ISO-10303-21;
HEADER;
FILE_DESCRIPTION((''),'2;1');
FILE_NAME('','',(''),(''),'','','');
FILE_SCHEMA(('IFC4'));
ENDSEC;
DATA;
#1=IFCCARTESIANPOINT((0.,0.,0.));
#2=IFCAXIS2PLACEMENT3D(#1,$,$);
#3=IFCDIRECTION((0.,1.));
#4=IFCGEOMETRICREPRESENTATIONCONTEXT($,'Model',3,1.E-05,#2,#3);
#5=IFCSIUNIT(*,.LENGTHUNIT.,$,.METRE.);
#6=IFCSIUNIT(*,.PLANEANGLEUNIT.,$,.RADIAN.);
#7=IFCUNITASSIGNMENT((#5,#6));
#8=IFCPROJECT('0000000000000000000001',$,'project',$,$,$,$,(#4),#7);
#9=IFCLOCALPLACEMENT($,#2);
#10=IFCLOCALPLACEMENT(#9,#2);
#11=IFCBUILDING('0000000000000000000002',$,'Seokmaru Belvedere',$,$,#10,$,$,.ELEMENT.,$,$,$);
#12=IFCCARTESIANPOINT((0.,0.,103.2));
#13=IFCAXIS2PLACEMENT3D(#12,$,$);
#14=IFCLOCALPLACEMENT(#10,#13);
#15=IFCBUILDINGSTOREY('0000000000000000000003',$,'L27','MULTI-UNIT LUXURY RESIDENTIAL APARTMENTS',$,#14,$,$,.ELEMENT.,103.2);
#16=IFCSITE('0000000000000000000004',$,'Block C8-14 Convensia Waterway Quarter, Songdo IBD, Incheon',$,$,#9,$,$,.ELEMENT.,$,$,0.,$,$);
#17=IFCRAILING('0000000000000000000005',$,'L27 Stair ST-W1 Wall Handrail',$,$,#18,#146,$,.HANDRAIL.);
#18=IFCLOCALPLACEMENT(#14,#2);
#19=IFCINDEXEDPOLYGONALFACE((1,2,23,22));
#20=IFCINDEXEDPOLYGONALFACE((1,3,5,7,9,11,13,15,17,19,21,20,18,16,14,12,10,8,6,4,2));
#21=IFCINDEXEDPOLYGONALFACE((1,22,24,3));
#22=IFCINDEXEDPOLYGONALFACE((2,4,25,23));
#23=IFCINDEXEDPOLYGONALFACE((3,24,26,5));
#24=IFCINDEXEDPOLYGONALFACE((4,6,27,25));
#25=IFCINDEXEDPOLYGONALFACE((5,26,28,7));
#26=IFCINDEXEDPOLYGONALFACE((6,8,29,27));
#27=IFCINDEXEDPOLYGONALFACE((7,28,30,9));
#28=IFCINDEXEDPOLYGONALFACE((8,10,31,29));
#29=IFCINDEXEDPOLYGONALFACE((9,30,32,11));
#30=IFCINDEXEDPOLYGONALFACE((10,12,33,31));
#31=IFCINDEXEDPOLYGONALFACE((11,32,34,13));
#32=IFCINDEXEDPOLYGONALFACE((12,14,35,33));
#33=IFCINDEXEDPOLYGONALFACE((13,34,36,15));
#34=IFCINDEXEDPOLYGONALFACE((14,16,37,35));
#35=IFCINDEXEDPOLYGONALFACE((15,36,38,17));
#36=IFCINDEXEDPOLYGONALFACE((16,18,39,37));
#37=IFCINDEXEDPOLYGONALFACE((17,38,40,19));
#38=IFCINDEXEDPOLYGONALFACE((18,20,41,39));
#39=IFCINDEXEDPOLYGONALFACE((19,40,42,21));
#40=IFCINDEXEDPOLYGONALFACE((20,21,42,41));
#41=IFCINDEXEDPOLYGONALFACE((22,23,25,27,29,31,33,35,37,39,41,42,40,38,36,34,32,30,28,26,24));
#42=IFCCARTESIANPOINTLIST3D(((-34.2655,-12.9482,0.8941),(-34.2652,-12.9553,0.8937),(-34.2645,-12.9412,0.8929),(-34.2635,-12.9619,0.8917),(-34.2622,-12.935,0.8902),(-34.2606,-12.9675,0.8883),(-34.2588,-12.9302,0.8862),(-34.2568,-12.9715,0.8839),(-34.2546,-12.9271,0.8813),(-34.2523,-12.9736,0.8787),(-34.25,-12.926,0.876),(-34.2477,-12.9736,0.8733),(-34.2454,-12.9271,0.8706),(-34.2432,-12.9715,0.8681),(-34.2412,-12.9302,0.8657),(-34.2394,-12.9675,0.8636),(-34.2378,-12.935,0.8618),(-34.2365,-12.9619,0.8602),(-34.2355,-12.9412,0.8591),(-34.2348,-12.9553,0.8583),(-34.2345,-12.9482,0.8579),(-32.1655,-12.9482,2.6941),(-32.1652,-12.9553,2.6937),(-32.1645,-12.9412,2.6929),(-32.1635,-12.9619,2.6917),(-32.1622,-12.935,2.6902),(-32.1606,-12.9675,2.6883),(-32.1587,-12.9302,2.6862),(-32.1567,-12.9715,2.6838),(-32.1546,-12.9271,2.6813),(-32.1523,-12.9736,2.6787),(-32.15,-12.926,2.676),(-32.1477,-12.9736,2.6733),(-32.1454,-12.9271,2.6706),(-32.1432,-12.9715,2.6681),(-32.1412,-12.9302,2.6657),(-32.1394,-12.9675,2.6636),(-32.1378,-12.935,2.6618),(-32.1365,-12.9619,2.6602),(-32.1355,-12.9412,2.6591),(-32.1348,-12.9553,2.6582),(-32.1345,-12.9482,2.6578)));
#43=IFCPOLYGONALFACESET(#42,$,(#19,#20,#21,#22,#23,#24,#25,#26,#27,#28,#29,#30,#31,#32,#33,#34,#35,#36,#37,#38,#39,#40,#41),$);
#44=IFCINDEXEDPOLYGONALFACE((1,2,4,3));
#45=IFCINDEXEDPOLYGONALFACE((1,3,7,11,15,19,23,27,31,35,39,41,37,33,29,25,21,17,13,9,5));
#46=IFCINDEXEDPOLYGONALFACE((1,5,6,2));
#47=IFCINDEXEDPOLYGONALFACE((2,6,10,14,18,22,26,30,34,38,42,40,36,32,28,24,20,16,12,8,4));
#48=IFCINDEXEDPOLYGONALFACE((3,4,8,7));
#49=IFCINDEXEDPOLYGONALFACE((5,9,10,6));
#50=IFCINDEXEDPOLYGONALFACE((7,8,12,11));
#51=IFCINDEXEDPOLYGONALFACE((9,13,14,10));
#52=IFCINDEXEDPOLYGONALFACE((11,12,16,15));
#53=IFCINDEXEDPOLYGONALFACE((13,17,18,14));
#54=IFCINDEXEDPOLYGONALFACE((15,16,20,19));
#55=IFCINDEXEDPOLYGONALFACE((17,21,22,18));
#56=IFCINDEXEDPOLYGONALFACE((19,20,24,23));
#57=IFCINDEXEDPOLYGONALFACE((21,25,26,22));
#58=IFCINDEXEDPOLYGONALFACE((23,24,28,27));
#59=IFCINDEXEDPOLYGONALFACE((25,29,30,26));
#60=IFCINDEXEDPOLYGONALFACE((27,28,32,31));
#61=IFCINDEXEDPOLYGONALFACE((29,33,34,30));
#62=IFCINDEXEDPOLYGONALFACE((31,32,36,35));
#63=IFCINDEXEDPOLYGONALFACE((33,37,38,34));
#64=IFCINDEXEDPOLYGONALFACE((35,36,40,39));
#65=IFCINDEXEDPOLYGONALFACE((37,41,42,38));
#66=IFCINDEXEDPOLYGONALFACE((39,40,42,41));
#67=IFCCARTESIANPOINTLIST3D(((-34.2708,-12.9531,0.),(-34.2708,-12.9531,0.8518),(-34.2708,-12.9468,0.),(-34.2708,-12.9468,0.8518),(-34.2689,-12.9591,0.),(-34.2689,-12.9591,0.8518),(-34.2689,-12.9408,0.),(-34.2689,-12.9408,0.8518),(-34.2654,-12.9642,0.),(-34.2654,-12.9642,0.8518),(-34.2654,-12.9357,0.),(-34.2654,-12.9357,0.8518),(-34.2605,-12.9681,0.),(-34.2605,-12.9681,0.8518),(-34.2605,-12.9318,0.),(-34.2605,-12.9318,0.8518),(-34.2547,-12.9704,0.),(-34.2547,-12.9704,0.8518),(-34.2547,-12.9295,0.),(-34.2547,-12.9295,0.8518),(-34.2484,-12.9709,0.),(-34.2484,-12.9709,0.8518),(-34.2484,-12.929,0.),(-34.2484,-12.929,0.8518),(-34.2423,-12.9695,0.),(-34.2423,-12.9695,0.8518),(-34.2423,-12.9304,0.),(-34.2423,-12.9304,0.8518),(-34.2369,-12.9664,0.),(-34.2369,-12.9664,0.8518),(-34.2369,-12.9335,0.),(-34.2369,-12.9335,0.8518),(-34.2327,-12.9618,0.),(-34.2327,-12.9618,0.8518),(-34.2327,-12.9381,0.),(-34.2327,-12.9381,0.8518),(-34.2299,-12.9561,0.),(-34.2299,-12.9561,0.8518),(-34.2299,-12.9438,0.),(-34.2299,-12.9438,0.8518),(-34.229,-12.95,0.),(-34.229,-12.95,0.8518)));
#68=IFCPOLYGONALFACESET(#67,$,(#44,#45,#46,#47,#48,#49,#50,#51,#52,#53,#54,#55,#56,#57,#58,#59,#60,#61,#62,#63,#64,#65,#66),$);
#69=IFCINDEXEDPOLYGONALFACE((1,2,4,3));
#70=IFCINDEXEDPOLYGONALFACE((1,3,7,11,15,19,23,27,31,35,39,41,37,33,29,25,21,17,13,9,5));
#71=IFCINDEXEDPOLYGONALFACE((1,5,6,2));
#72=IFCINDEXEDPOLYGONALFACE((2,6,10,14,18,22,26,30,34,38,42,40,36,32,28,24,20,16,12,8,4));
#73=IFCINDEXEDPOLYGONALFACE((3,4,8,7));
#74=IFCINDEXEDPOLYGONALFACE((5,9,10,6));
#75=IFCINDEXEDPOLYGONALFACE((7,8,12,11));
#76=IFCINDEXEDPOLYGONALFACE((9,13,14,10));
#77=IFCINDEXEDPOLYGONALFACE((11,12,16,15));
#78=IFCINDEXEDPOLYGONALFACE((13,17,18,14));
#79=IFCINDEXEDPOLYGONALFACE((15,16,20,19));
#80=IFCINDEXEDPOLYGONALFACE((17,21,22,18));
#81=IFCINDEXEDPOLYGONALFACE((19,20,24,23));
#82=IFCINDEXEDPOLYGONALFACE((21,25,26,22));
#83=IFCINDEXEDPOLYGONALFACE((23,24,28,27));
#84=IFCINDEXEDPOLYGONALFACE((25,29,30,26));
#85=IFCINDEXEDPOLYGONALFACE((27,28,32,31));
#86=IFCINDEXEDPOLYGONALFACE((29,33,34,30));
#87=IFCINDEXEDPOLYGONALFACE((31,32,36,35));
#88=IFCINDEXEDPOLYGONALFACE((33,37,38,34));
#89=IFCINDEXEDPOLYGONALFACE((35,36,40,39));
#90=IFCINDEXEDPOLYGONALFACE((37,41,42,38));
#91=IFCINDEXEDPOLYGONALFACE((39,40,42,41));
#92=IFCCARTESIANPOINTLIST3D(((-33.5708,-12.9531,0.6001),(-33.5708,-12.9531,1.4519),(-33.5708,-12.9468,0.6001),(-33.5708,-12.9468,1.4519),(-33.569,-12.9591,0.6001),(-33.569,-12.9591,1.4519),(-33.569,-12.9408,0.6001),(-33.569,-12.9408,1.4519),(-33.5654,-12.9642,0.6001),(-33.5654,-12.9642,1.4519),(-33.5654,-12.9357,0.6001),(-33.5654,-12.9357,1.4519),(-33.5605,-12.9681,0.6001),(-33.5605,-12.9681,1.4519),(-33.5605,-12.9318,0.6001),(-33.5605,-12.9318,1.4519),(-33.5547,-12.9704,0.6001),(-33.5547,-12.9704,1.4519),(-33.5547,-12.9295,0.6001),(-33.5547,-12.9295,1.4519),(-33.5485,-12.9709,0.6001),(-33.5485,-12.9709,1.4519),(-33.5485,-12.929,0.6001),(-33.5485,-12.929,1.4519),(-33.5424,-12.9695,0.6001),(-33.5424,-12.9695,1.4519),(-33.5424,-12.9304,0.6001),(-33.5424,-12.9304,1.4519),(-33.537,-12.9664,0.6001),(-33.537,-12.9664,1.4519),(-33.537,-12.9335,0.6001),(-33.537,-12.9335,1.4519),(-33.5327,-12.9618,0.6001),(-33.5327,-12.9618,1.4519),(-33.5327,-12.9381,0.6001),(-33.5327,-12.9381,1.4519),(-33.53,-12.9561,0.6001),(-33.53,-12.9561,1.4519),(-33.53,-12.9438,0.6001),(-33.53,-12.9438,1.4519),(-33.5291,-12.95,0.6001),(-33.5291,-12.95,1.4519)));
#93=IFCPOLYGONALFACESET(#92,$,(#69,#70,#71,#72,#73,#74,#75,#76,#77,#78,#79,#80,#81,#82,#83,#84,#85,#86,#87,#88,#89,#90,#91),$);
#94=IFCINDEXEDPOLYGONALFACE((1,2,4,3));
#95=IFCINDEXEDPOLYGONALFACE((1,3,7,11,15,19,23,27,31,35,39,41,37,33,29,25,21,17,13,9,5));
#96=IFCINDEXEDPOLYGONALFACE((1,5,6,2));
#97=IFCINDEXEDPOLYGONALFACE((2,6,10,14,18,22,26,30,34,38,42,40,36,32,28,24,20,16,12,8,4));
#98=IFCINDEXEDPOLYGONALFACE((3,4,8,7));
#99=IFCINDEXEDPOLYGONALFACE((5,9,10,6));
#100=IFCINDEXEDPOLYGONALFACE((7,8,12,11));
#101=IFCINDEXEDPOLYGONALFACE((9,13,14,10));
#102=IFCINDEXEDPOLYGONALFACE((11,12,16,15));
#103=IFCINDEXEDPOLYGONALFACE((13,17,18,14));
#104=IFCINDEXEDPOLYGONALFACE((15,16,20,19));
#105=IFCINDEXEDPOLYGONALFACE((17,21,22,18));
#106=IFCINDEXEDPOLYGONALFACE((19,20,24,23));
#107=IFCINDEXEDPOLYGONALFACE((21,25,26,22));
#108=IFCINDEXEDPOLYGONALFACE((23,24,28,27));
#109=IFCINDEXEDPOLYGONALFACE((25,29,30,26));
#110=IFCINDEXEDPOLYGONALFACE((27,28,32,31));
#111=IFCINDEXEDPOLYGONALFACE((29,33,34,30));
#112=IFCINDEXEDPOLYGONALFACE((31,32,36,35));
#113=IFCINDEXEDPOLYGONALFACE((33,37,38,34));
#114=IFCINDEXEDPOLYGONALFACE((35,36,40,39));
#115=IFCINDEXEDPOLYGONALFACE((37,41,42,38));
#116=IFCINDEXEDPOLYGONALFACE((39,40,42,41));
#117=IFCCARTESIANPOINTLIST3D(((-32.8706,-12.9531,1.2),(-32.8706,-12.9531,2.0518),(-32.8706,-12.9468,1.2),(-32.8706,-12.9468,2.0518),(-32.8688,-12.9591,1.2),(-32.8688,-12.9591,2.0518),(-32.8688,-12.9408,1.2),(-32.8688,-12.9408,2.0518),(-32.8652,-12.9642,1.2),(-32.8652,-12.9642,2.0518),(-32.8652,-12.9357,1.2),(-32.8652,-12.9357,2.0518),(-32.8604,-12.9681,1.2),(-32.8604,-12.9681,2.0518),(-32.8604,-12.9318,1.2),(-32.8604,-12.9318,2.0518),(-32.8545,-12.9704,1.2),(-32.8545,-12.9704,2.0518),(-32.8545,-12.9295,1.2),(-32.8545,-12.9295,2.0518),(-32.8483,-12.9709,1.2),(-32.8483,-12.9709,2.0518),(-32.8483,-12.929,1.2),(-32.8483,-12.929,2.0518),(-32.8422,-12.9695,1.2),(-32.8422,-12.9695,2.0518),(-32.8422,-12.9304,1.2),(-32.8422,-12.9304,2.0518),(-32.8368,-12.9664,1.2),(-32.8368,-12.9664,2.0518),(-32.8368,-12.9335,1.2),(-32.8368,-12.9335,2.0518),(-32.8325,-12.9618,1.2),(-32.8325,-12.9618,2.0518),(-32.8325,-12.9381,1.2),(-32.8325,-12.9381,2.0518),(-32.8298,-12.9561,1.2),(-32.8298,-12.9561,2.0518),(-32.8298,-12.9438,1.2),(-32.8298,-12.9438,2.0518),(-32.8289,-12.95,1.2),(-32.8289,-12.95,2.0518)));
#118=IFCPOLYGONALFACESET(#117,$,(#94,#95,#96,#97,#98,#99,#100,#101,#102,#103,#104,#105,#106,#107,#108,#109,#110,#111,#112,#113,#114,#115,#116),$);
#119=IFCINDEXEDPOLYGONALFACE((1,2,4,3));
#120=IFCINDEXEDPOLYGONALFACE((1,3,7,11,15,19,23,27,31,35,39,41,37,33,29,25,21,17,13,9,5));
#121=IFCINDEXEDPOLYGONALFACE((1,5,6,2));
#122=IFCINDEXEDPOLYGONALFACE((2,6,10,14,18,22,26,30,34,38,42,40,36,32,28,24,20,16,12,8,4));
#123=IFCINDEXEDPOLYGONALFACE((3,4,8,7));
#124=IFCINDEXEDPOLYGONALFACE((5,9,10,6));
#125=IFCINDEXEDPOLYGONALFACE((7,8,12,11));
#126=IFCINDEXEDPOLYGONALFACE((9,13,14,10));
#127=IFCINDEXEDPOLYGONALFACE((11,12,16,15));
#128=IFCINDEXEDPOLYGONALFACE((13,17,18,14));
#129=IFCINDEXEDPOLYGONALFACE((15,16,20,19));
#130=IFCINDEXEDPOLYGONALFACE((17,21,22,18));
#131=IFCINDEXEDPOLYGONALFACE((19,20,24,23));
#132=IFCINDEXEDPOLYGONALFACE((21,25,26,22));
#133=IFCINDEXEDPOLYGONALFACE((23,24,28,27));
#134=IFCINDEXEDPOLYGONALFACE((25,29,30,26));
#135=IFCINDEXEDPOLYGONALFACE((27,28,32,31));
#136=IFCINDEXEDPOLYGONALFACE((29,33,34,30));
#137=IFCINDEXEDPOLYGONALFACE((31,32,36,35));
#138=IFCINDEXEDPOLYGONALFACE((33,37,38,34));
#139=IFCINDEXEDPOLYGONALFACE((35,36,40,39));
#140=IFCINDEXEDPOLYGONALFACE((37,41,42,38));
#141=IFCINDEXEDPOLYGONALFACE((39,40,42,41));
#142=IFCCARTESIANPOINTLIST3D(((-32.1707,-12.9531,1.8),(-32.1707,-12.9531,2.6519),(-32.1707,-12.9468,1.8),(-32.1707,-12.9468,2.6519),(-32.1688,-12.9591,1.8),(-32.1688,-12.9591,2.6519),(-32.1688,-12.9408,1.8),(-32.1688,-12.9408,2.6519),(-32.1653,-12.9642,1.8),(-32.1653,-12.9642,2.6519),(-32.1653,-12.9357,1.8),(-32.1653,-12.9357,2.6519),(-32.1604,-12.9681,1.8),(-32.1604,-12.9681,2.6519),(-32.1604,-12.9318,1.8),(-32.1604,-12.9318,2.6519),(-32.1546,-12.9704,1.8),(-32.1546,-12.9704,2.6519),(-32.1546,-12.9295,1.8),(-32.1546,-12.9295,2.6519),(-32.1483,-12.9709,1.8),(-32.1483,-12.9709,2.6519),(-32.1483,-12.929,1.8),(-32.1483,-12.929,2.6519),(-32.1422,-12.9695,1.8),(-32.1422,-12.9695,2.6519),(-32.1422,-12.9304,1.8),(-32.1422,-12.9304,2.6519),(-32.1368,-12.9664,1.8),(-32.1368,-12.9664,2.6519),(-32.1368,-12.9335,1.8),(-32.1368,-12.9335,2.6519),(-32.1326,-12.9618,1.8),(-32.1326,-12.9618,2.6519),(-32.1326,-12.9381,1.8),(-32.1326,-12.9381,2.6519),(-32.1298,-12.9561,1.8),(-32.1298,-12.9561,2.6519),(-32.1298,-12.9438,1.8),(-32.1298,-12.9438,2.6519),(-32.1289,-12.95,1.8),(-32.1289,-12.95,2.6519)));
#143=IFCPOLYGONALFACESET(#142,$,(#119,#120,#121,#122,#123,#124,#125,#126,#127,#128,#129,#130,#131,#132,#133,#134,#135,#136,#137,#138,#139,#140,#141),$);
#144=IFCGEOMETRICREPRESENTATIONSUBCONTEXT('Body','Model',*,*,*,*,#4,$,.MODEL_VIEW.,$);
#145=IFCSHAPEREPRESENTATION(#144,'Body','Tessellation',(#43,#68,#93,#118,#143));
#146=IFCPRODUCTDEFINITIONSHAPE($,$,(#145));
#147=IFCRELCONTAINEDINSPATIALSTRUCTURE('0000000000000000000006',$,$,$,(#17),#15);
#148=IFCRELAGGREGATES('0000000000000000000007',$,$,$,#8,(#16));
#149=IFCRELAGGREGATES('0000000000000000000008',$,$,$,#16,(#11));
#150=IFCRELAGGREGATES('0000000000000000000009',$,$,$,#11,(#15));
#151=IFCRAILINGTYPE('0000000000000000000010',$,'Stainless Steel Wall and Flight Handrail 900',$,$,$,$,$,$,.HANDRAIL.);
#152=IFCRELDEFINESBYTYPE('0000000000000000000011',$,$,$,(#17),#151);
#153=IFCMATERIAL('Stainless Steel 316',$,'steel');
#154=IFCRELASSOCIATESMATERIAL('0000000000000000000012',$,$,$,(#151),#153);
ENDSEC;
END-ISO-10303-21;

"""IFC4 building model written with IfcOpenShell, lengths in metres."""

from ifc_helpers import new_model, si_unit, direction, frame, origin, origin_2d, place, context, subcontext, project, spatial, circle, extrude, material, type_object, element, save


model = new_model("IFC4")

# Units and contexts
model_context = context("Model", 3, precision=1e-05, world=origin(), true_north=direction((0.0, 1.0)))
body_context = subcontext(model_context, "Body", "Model", "MODEL_VIEW")
ifc_project = project(units=[si_unit("LENGTHUNIT", "METRE"), si_unit("PLANEANGLEUNIT", "RADIAN")], contexts=[model_context])

# Site, building, storey
site_placement = place(None, origin())
site = spatial("IfcSite", under=ifc_project, at=site_placement, Name="Block C8-14 Convensia Waterway Quarter, Songdo IBD, Incheon", CompositionType="ELEMENT", RefElevation=0.0)
building_placement = place(site_placement, origin())
building = spatial("IfcBuilding", under=site, at=building_placement, Name="Seokmaru Belvedere", CompositionType="ELEMENT")
storey_placement = place(building_placement, frame((0.0, 0.0, 103.2)))
storey = spatial("IfcBuildingStorey", under=building, at=storey_placement, Name="L27", Description="MULTI-UNIT LUXURY RESIDENTIAL APARTMENTS", CompositionType="ELEMENT", Elevation=103.2)

# Shared definitions
ifc_material_1 = material(Name="Stainless Steel 316", Category="steel")

# Railing
railing_type_1 = type_object("IfcRailingType", Name="Stainless Steel Wall and Flight Handrail 900", PredefinedType="HANDRAIL", material=ifc_material_1)
railing_1_placement = place(storey_placement, frame((-34.25, -12.95, 0.0)))
element("IfcRailing", 1, at=railing_1_placement, inside=storey, type_object=railing_type_1, Name="L27 Stair ST-W1 Wall Handrail", PredefinedType="HANDRAIL", context=body_context, shape_type="SweptSolid", body=[
    extrude(circle(Radius=0.0239, at=origin_2d()), frame((0.0, 0.0, 0.876), z_axis=(0.759263, 0.0, 0.650784), x_axis=(0.0, 1.0, 0.0)), (0.0, 0.0, 1.0), 2.7659),
    extrude(circle(Radius=0.021, at=origin_2d()), origin(), (0.0, 0.0, 1.0), 0.8518),
    extrude(circle(Radius=0.021, at=origin_2d()), frame((0.7, 0.0, 0.6001)), (0.0, 0.0, 1.0), 0.8518),
    extrude(circle(Radius=0.021, at=origin_2d()), frame((1.4001, 0.0, 1.2)), (0.0, 0.0, 1.0), 0.8518),
    extrude(circle(Radius=0.021, at=origin_2d()), frame((2.1001, 0.0, 1.8)), (0.0, 0.0, 1.0), 0.8518),
])

save(model, "model.ifc")
